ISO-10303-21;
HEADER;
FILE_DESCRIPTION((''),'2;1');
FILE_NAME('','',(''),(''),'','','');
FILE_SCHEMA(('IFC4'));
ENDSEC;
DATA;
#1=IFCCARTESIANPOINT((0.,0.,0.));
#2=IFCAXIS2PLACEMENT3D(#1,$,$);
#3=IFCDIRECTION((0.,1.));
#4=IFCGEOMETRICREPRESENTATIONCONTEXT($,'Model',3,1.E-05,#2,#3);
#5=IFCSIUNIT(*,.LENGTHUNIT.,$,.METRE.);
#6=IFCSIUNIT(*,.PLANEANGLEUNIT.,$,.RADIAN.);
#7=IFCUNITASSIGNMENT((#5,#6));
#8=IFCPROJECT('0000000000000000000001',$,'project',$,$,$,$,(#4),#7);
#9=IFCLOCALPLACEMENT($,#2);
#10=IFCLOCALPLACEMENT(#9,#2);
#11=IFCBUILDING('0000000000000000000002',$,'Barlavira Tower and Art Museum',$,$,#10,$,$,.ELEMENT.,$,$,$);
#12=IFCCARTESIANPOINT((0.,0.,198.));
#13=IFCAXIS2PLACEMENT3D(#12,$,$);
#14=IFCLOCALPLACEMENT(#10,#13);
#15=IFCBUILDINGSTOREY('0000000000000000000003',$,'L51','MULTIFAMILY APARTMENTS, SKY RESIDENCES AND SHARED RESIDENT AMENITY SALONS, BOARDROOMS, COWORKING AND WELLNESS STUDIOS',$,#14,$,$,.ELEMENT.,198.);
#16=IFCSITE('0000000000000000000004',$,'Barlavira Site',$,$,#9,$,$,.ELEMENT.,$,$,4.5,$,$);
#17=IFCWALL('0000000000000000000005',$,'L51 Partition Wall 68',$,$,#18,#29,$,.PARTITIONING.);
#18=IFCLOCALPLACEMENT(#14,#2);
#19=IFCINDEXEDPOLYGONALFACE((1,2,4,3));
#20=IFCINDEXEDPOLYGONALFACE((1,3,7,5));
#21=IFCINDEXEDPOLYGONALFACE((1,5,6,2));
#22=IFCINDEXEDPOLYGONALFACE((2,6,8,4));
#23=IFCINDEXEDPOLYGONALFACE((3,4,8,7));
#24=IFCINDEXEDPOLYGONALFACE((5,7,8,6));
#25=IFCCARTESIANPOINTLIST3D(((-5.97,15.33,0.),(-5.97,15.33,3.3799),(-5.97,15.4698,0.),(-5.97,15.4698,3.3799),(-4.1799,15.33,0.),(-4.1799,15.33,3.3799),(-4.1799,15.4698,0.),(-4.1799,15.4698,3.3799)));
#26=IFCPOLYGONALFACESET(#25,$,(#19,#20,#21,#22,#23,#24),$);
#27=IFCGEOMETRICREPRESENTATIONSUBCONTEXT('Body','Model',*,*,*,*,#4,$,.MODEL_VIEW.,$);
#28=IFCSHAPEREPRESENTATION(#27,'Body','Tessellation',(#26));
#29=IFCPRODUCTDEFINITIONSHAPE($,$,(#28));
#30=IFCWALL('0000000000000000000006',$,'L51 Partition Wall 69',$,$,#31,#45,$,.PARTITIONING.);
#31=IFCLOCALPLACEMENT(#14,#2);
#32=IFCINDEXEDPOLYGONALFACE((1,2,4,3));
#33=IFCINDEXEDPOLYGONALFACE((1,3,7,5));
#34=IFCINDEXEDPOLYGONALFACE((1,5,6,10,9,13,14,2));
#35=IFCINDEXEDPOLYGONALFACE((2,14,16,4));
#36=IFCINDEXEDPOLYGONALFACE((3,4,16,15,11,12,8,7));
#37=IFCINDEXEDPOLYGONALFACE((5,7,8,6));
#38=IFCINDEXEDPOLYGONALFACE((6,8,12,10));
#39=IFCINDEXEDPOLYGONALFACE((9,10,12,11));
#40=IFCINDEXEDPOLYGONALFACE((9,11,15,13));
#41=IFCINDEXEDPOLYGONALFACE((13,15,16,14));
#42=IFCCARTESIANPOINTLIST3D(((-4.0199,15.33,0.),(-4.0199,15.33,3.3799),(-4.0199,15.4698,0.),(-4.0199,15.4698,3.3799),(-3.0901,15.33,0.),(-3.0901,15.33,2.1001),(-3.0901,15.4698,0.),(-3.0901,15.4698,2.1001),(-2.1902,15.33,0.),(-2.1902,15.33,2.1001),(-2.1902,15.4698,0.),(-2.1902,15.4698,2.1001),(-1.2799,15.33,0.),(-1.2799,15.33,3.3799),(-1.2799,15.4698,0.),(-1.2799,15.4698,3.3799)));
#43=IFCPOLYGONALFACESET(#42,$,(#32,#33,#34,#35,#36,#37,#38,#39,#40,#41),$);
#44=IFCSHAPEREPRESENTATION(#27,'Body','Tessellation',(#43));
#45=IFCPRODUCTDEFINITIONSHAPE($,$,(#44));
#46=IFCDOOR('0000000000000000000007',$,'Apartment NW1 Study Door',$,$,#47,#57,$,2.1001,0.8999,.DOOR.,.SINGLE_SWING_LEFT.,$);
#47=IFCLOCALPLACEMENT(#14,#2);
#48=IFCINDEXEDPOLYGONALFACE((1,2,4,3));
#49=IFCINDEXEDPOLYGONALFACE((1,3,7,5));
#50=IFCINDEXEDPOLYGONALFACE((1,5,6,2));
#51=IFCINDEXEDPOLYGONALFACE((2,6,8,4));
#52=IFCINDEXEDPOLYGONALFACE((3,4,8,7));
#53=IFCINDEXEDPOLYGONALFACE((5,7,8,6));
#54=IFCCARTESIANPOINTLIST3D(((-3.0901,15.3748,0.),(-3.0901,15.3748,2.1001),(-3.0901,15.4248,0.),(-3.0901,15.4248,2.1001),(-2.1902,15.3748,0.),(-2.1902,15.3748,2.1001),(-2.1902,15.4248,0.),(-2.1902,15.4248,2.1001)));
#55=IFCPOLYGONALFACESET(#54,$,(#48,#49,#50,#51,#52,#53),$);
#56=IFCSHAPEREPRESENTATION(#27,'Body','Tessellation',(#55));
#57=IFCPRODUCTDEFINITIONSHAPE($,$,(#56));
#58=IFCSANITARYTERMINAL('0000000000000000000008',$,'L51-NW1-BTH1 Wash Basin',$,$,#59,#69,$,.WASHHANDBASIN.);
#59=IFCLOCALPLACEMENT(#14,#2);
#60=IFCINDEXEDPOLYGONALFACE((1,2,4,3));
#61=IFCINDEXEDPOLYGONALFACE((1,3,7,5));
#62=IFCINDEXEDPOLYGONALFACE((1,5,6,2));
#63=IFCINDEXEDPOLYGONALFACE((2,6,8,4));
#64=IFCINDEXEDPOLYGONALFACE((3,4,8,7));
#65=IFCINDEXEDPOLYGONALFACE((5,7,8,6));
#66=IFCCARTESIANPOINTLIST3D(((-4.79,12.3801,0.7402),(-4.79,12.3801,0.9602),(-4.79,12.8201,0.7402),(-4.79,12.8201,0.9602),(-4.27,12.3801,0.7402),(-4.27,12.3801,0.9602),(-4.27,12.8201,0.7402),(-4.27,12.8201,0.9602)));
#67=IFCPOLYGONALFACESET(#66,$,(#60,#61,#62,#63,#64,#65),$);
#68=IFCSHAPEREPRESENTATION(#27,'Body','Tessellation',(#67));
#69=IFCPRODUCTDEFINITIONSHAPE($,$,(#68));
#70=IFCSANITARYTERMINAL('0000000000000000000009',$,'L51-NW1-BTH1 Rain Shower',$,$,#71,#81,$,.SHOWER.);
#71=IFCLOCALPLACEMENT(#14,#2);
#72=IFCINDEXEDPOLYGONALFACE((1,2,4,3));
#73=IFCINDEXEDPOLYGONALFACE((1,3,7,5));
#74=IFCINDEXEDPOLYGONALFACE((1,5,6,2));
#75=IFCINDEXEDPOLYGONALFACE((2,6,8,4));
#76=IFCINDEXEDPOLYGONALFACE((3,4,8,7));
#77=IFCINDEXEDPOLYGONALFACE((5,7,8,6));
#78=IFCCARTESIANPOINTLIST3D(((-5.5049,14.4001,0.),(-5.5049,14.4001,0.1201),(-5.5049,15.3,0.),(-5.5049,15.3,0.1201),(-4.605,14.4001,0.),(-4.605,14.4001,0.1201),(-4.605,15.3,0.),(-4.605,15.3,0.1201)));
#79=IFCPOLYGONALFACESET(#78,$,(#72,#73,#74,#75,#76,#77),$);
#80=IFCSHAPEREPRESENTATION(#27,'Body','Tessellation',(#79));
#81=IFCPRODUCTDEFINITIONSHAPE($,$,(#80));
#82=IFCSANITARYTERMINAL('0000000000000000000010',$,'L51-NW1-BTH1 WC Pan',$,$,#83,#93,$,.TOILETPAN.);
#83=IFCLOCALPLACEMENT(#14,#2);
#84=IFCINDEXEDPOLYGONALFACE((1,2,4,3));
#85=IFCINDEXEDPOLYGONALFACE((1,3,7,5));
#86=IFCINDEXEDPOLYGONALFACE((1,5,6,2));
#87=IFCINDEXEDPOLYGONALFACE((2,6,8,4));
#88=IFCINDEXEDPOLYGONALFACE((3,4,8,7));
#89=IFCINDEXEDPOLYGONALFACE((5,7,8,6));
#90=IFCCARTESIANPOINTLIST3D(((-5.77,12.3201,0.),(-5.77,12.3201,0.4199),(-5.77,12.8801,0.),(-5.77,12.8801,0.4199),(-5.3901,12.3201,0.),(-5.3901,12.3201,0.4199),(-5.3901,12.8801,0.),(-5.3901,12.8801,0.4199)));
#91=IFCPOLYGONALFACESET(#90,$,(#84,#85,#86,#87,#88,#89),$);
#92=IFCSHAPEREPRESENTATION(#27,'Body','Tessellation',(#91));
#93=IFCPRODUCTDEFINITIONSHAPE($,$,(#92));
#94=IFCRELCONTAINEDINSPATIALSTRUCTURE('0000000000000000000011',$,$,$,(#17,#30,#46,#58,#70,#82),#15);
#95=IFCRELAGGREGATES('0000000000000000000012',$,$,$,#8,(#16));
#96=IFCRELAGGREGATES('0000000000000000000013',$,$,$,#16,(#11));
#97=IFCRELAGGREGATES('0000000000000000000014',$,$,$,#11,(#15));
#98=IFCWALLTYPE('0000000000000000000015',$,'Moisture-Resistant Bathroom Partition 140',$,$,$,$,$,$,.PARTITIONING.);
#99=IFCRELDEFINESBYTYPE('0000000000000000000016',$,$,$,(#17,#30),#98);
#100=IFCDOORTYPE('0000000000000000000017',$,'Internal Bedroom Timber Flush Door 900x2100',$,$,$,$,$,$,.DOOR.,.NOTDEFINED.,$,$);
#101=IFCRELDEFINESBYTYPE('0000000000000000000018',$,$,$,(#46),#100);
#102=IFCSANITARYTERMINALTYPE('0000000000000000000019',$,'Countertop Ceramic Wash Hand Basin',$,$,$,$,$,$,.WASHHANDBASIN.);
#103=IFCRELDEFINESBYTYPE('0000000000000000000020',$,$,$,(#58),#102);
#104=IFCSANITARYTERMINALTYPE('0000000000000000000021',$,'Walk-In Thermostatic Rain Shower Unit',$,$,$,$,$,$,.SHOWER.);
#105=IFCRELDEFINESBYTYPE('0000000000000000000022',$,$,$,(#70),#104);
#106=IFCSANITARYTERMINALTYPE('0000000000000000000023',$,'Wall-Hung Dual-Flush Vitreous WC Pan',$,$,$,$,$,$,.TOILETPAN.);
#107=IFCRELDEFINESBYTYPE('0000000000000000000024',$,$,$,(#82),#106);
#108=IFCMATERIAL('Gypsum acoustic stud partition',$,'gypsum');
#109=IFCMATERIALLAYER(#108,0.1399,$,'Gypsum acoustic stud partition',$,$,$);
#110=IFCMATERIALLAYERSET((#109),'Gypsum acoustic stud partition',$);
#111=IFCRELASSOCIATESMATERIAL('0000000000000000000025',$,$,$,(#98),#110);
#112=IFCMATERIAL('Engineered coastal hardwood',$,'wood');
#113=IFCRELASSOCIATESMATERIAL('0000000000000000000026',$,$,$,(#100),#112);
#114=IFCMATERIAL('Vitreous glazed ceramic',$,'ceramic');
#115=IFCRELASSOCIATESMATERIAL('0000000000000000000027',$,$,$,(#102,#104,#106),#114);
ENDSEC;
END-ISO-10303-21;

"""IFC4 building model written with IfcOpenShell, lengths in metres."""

from ifc_helpers import new_model, si_unit, direction, frame, frame_2d, origin, origin_2d, place, context, subcontext, project, spatial, rectangle, extrude, material, layer, layer_set, type_object, element, fill, save


model = new_model("IFC4")

# Units and contexts
model_context = context("Model", 3, precision=1e-05, world=origin(), true_north=direction((0.0, 1.0)))
body_context = subcontext(model_context, "Body", "Model", "MODEL_VIEW")
ifc_project = project(units=[si_unit("LENGTHUNIT", "METRE"), si_unit("PLANEANGLEUNIT", "RADIAN")], contexts=[model_context])

# Site, building, storey
site_placement = place(None, origin())
site = spatial("IfcSite", under=ifc_project, at=site_placement, Name="Barlavira Site", CompositionType="ELEMENT", RefElevation=4.5)
building_placement = place(site_placement, origin())
building = spatial("IfcBuilding", under=site, at=building_placement, Name="Barlavira Tower and Art Museum", CompositionType="ELEMENT")
storey_placement = place(building_placement, frame((0.0, 0.0, 198.0)))
storey = spatial("IfcBuildingStorey", under=building, at=storey_placement, Name="L51", Description="MULTIFAMILY APARTMENTS, SKY RESIDENCES AND SHARED RESIDENT AMENITY SALONS, BOARDROOMS, COWORKING AND WELLNESS STUDIOS", CompositionType="ELEMENT", Elevation=198.0)

# Shared definitions
ifc_material_1 = material(Name="Gypsum acoustic stud partition", Category="gypsum")

# Shared definitions
ifc_layer_1 = layer(ifc_material_1, 0.1399, Name="Gypsum acoustic stud partition")
ifc_layer_set_1 = layer_set([ifc_layer_1], Name="Gypsum acoustic stud partition")
wall_type_1 = type_object("IfcWallType", Name="Moisture-Resistant Bathroom Partition 140", PredefinedType="PARTITIONING", material=ifc_layer_set_1)
ifc_material_2 = material(Name="Engineered coastal hardwood", Category="wood")
door_type_1 = type_object("IfcDoorType", Name="Internal Bedroom Timber Flush Door 900x2100", OperationType="NOTDEFINED", PredefinedType="DOOR", material=ifc_material_2)

# Wall
wall_1_placement = place(storey_placement, frame((-5.97, 15.3999, 0.0), z_axis=(0.0, 0.0, 1.0), x_axis=(1.0, 0.0, 0.0)))
element("IfcWall", 1, at=wall_1_placement, inside=storey, type_object=wall_type_1, Name="L51 Partition Wall 68", PredefinedType="PARTITIONING", context=body_context, shape_type="SweptSolid", body=[
    extrude(rectangle(XDim=1.79, YDim=0.1399, at=frame_2d((0.895, 0.0))), origin(), (0.0, 0.0, 1.0), 3.3799),
])

# Wall, opening, door
wall_2_placement = place(storey_placement, frame((-4.02, 15.3999, 0.0), z_axis=(0.0, 0.0, 1.0), x_axis=(1.0, 0.0, 0.0)))
wall_2 = element("IfcWall", 2, at=wall_2_placement, inside=storey, type_object=wall_type_1, Name="L51 Partition Wall 69", PredefinedType="PARTITIONING", context=body_context, shape_type="SweptSolid", body=[
    extrude(rectangle(XDim=2.74, YDim=0.1399, at=frame_2d((1.3701, 0.0))), origin(), (0.0, 0.0, 1.0), 3.3799),
])
opening_1_placement = place(wall_2_placement, frame((0.9299, 0.0, 0.0)))
opening_1 = element("IfcOpeningElement", 3, at=opening_1_placement, cuts=wall_2, PredefinedType="OPENING", context=body_context, shape_type="SweptSolid", body=[
    extrude(rectangle(XDim=0.8999, YDim=2.1001, at=frame_2d((0.45, 1.05))), frame((0.0, 0.0801, 0.0), z_axis=(0.0, -1.0, 0.0), x_axis=(1.0, 0.0, 0.0)), (0.0, 0.0, 1.0), 0.1599),
])
door_1_placement = place(opening_1_placement, origin())
door_1 = element("IfcDoor", 4, at=door_1_placement, inside=storey, type_object=door_type_1, Name="Apartment NW1 Study Door", OperationType="SINGLE_SWING_LEFT", OverallHeight=2.1001, OverallWidth=0.8999, PredefinedType="DOOR", context=body_context, shape_type="SweptSolid", body=[
    extrude(rectangle(XDim=0.8999, YDim=2.1001, at=frame_2d((0.45, 1.05))), frame((0.0, 0.0249, 0.0), z_axis=(0.0, -1.0, 0.0), x_axis=(1.0, 0.0, 0.0)), (0.0, 0.0, 1.0), 0.05),
])
fill(opening_1, door_1)

# Sanitary terminals
ifc_material_3 = material(Name="Vitreous glazed ceramic", Category="ceramic")
sanitary_terminal_type_1 = type_object("IfcSanitaryTerminalType", Name="Countertop Ceramic Wash Hand Basin", PredefinedType="WASHHANDBASIN", material=ifc_material_3)
sanitary_terminal_1_placement = place(storey_placement, frame((-4.53, 12.6001, 0.7402), z_axis=(0.0, 0.0, 1.0), x_axis=(1.0, 0.0, 0.0)))
element("IfcSanitaryTerminal", 5, at=sanitary_terminal_1_placement, inside=storey, type_object=sanitary_terminal_type_1, Name="L51-NW1-BTH1 Wash Basin", PredefinedType="WASHHANDBASIN", context=body_context, shape_type="SweptSolid", body=[
    extrude(rectangle(XDim=0.52, YDim=0.4399, at=origin_2d()), origin(), (0.0, 0.0, 1.0), 0.22),
])
sanitary_terminal_type_2 = type_object("IfcSanitaryTerminalType", Name="Walk-In Thermostatic Rain Shower Unit", PredefinedType="SHOWER", material=ifc_material_3)
sanitary_terminal_2_placement = place(storey_placement, frame((-5.0549, 14.8501, 0.0), z_axis=(0.0, 0.0, 1.0), x_axis=(1.0, 0.0, 0.0)))
element("IfcSanitaryTerminal", 6, at=sanitary_terminal_2_placement, inside=storey, type_object=sanitary_terminal_type_2, Name="L51-NW1-BTH1 Rain Shower", PredefinedType="SHOWER", context=body_context, shape_type="SweptSolid", body=[
    extrude(rectangle(XDim=0.8999, YDim=0.8999, at=origin_2d()), origin(), (0.0, 0.0, 1.0), 0.1201),
])
sanitary_terminal_type_3 = type_object("IfcSanitaryTerminalType", Name="Wall-Hung Dual-Flush Vitreous WC Pan", PredefinedType="TOILETPAN", material=ifc_material_3)
sanitary_terminal_3_placement = place(storey_placement, frame((-5.5801, 12.6001, 0.0), z_axis=(0.0, 0.0, 1.0), x_axis=(1.0, 0.0, 0.0)))
element("IfcSanitaryTerminal", 7, at=sanitary_terminal_3_placement, inside=storey, type_object=sanitary_terminal_type_3, Name="L51-NW1-BTH1 WC Pan", PredefinedType="TOILETPAN", context=body_context, shape_type="SweptSolid", body=[
    extrude(rectangle(XDim=0.3799, YDim=0.5601, at=origin_2d()), origin(), (0.0, 0.0, 1.0), 0.4199),
])

save(model, "model.ifc")
